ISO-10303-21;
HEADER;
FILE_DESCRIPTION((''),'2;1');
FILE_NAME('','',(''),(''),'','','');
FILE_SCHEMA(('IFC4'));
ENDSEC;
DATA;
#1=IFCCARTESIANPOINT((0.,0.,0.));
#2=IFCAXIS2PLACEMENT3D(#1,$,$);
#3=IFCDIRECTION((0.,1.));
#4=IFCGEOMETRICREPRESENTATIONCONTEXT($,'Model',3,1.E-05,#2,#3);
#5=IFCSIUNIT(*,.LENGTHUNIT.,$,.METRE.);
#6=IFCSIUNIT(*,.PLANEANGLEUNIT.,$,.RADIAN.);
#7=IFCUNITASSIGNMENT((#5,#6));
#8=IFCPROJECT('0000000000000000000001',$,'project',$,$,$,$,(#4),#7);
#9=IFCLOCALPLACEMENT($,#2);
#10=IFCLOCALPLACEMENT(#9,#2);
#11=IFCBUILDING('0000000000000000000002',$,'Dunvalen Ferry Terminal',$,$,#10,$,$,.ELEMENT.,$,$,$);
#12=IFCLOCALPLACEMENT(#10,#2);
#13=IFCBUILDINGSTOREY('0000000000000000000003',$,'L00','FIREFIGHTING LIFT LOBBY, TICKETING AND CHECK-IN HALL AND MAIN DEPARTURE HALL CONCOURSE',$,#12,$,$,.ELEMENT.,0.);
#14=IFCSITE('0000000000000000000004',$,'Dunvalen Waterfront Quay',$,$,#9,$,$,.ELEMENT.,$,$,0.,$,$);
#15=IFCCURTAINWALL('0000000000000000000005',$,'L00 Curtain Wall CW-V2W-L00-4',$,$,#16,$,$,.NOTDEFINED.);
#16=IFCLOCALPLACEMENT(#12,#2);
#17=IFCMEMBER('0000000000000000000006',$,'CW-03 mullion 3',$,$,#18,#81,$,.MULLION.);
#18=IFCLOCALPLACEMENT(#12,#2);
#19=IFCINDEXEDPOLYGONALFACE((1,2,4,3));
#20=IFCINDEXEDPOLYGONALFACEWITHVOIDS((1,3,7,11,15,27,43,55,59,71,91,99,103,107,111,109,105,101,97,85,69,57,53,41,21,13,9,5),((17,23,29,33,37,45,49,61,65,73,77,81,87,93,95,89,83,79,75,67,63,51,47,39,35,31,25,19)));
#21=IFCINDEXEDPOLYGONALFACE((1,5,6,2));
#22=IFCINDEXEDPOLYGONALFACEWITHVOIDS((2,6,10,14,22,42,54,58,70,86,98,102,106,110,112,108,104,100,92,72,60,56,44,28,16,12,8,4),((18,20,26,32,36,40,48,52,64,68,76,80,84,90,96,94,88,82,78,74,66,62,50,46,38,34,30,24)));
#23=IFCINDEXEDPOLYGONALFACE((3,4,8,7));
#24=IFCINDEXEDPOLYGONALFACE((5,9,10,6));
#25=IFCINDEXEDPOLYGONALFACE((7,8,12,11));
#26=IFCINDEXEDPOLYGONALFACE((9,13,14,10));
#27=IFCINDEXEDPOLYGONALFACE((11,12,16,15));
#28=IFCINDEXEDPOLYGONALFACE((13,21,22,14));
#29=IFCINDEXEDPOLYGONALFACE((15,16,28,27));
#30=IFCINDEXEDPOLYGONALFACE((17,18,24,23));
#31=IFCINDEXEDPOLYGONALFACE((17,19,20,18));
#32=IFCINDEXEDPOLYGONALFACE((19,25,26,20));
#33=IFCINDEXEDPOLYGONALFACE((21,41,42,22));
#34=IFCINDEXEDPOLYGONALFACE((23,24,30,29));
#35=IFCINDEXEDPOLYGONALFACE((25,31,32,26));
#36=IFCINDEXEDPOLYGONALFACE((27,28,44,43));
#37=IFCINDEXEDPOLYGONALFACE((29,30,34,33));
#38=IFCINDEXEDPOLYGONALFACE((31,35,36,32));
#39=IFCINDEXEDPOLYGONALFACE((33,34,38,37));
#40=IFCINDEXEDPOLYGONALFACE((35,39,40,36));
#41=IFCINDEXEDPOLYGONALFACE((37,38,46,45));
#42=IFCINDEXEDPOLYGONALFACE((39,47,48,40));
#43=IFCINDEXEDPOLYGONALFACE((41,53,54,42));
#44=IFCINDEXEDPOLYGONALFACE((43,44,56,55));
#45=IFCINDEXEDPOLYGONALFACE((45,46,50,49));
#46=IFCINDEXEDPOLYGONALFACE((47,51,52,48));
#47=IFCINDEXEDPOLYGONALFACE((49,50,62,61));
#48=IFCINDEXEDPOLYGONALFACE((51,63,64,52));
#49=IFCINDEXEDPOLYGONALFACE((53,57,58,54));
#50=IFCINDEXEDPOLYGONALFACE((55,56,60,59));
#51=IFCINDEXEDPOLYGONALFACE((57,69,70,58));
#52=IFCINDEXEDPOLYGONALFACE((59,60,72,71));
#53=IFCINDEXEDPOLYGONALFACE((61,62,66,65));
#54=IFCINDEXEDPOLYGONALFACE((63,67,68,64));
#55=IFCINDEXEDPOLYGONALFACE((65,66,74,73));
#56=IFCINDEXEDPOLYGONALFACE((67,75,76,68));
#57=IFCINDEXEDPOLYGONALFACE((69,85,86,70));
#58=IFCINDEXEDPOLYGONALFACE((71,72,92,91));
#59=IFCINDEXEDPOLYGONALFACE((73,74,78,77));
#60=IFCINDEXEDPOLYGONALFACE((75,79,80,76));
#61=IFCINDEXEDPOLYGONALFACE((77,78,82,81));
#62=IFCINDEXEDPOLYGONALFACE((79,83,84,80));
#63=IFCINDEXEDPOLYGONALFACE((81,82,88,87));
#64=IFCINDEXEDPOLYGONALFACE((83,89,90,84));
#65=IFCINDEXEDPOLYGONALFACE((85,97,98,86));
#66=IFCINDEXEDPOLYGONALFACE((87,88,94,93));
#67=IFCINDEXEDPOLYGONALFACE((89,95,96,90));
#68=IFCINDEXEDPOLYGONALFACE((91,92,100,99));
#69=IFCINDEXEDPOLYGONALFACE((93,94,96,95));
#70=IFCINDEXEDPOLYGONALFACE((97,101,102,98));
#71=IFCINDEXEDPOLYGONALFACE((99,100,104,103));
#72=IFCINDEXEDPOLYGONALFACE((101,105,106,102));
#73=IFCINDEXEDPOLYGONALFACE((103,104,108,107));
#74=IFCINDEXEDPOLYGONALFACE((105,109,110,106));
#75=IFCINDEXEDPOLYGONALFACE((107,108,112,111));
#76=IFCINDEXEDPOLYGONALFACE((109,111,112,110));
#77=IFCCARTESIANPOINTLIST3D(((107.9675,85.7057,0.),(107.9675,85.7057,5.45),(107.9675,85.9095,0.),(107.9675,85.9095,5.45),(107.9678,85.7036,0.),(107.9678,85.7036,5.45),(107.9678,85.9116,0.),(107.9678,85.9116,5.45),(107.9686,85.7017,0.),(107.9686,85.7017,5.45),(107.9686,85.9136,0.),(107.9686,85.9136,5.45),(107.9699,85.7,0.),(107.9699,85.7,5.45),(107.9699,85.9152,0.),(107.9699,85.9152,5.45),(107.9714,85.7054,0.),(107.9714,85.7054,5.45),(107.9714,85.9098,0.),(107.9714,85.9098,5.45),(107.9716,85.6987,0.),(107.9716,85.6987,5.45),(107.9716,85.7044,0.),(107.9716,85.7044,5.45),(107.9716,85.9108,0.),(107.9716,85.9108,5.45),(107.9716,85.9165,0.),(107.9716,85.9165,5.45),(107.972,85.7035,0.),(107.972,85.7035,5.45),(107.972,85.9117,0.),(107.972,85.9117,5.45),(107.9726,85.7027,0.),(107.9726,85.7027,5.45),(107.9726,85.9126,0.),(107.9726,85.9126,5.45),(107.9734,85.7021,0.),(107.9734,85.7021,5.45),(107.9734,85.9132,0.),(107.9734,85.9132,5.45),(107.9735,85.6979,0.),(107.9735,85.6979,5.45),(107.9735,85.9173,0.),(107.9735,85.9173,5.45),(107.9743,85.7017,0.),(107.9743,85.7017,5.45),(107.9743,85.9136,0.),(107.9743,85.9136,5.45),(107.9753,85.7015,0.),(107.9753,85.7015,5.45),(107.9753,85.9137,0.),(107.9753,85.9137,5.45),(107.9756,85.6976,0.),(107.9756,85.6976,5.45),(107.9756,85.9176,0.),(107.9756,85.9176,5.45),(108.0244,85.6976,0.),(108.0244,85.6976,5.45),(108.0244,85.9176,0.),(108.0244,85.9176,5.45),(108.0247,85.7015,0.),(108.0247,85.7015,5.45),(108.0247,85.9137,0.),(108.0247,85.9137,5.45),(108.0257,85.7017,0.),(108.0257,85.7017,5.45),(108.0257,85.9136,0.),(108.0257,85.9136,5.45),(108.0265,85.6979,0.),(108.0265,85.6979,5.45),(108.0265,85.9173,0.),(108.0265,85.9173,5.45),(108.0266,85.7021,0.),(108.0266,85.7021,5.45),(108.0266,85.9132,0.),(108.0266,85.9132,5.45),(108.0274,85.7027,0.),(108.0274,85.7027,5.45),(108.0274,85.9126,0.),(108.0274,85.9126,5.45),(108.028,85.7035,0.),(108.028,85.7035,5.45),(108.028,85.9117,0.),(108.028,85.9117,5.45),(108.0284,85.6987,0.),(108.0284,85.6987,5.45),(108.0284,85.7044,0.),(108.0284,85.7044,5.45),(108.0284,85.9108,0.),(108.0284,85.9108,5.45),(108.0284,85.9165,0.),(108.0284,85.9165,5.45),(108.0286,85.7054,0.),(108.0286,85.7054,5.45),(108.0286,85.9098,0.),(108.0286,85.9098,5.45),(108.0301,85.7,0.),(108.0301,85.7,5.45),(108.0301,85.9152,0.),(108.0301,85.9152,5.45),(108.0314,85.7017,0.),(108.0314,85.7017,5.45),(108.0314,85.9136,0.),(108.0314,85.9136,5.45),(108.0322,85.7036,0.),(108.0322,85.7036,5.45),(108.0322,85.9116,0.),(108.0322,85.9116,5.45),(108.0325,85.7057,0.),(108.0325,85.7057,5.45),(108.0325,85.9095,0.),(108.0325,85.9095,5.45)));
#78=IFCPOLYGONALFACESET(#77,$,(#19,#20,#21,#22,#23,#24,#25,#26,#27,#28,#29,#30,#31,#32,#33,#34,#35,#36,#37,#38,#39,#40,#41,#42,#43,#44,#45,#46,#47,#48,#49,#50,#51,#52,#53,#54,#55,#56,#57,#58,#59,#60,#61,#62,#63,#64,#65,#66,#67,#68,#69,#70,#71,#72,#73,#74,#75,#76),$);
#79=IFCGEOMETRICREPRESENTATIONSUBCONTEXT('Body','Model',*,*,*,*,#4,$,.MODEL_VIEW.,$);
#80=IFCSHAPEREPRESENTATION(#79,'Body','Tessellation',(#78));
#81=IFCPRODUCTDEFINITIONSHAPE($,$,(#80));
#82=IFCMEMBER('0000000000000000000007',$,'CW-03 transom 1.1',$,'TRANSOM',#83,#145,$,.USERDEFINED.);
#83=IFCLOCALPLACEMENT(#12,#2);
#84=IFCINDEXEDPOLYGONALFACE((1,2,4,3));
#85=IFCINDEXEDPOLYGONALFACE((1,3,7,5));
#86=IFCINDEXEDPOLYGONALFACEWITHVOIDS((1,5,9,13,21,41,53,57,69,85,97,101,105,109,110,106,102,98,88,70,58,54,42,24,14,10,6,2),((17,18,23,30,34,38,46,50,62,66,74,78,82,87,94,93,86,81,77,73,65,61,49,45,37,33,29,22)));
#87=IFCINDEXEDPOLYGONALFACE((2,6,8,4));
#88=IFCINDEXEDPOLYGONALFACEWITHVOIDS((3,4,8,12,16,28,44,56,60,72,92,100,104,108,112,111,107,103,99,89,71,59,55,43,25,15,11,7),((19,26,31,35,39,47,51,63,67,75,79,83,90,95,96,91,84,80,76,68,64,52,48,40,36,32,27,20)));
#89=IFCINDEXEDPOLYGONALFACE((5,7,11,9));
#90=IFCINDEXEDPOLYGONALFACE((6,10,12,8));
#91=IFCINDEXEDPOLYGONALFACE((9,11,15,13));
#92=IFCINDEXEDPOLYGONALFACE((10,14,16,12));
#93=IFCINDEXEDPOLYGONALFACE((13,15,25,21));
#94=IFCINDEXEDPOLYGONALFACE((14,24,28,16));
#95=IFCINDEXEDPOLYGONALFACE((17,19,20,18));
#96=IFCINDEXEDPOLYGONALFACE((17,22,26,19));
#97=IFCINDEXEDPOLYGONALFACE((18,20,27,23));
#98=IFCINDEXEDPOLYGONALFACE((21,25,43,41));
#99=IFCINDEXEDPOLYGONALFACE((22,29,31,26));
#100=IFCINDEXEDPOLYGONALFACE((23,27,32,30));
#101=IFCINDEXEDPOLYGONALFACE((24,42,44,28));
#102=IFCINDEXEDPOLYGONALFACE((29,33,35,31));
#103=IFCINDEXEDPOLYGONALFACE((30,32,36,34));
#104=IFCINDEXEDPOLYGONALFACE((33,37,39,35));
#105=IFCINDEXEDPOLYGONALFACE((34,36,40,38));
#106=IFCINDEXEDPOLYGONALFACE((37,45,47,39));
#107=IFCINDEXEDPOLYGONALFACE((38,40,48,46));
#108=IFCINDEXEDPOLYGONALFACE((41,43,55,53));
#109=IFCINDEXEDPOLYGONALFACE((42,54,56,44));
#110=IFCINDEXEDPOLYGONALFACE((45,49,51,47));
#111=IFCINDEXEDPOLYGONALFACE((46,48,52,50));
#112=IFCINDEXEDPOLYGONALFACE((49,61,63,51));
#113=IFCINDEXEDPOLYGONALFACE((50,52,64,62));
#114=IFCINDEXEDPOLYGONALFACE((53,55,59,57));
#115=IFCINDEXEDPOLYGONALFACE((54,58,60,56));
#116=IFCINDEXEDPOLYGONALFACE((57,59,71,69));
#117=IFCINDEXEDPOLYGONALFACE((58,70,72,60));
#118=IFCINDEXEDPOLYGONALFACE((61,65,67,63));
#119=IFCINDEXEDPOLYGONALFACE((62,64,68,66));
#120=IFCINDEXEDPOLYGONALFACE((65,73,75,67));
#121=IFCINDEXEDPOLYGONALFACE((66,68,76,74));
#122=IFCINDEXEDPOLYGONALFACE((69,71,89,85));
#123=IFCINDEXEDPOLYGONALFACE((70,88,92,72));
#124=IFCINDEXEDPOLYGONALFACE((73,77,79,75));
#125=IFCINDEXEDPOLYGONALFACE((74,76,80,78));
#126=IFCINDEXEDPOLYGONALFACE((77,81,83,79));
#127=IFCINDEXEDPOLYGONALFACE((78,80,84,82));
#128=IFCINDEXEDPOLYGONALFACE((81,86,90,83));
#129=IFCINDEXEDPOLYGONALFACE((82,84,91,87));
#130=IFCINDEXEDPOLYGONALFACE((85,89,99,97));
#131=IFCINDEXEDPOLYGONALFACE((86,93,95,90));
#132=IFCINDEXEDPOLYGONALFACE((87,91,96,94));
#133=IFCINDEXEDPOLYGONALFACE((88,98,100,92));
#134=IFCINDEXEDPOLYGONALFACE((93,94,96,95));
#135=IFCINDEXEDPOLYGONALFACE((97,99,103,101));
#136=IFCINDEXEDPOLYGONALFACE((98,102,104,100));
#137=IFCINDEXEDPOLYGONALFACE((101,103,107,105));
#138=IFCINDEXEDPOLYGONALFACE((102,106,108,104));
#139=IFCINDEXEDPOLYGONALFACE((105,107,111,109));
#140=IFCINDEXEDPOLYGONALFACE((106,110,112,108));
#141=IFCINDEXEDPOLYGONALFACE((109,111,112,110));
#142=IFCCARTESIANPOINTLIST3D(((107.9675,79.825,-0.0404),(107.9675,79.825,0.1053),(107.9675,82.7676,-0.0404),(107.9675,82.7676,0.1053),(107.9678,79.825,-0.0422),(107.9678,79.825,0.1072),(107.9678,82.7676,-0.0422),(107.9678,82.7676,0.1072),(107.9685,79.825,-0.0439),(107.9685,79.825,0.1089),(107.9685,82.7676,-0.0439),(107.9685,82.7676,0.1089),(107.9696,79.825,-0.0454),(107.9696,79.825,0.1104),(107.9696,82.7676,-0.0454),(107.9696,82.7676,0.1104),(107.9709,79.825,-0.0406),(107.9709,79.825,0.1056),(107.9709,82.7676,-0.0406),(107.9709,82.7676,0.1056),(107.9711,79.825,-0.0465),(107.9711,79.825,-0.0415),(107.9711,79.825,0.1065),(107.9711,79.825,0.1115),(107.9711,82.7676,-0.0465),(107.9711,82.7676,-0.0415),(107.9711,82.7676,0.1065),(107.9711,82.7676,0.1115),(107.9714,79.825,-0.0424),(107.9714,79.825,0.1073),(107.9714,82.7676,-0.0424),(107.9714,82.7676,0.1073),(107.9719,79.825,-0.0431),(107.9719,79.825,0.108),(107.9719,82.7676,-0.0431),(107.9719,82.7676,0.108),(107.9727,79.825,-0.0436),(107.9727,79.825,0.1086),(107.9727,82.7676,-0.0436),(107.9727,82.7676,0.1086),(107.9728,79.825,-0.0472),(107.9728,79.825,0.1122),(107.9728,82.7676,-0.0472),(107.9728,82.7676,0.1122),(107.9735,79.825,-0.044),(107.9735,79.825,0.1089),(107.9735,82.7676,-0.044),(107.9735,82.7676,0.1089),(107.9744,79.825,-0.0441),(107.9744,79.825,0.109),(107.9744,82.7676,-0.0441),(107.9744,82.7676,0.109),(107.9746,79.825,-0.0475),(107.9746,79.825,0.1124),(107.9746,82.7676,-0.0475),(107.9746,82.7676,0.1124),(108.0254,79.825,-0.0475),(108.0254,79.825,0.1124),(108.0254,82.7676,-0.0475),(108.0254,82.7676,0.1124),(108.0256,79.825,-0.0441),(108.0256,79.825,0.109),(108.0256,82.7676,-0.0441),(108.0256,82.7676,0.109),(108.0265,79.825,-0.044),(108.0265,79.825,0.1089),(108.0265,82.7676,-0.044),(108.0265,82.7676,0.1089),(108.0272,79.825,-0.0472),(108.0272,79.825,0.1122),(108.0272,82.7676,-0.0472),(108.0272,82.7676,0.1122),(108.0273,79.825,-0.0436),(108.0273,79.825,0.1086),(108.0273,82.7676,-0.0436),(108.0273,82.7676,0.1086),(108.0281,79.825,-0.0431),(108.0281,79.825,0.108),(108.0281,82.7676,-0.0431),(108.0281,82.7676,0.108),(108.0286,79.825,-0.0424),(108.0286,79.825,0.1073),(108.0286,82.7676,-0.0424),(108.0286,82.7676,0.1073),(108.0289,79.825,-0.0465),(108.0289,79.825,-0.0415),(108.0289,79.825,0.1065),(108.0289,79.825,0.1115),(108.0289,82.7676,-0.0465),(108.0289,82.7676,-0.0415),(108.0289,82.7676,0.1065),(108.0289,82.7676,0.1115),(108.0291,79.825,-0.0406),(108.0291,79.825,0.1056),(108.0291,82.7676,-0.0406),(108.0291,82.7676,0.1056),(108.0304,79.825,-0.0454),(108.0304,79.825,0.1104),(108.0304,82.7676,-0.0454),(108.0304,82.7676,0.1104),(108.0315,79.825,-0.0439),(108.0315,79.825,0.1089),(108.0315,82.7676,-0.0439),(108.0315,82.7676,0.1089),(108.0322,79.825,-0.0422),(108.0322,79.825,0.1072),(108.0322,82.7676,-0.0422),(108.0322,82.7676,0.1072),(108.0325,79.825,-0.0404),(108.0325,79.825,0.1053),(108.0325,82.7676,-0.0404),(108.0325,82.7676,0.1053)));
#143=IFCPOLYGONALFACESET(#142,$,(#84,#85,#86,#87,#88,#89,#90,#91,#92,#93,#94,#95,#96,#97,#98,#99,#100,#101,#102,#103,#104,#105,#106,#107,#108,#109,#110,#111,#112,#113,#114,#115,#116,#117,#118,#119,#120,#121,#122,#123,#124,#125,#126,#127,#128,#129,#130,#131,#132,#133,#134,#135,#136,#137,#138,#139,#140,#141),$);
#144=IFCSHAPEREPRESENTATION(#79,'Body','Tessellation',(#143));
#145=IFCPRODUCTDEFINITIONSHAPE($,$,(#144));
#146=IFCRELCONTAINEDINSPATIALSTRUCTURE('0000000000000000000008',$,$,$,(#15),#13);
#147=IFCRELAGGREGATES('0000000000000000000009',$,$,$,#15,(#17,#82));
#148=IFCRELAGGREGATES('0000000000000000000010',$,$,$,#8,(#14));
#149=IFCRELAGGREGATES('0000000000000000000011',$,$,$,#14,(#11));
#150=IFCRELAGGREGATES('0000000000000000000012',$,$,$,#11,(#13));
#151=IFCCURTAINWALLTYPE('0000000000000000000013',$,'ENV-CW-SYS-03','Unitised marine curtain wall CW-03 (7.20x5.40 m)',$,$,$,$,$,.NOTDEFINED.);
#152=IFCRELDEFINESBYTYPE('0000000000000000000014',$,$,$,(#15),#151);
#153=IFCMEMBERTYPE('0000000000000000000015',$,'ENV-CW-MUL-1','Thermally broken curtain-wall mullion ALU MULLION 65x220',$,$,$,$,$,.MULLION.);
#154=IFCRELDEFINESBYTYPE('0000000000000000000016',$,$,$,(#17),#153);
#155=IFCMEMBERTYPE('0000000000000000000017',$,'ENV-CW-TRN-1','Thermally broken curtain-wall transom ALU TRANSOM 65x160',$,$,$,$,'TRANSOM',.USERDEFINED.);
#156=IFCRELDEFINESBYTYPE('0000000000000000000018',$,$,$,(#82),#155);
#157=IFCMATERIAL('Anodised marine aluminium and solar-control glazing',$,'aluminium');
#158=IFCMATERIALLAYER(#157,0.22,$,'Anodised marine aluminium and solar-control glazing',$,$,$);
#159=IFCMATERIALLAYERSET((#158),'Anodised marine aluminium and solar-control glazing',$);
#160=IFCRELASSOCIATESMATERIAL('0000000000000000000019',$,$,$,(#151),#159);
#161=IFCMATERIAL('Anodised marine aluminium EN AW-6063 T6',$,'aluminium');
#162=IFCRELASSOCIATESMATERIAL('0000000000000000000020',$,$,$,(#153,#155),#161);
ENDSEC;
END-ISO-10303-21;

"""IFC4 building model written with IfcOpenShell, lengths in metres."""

from ifc_helpers import new_model, si_unit, direction, frame, origin, origin_2d, place, context, subcontext, project, spatial, hollow_rectangle, extrude, material, layer, layer_set, material_profile, profile_set, type_object, element, aggregate, save


model = new_model("IFC4")

# Units and contexts
model_context = context("Model", 3, precision=1e-05, world=origin(), true_north=direction((0.0, 1.0)))
body_context = subcontext(model_context, "Body", "Model", "MODEL_VIEW")
ifc_project = project(units=[si_unit("LENGTHUNIT", "METRE"), si_unit("PLANEANGLEUNIT", "RADIAN")], contexts=[model_context])

# Site, building, storey
site_placement = place(None, origin())
site = spatial("IfcSite", under=ifc_project, at=site_placement, Name="Dunvalen Waterfront Quay", CompositionType="ELEMENT", RefElevation=0.0)
building_placement = place(site_placement, origin())
building = spatial("IfcBuilding", under=site, at=building_placement, Name="Dunvalen Ferry Terminal", CompositionType="ELEMENT")
storey_placement = place(building_placement, origin())
storey = spatial("IfcBuildingStorey", under=building, at=storey_placement, Name="L00", Description="FIREFIGHTING LIFT LOBBY, TICKETING AND CHECK-IN HALL AND MAIN DEPARTURE HALL CONCOURSE", CompositionType="ELEMENT", Elevation=0.0)

# Curtain wall, members
ifc_material_1 = material(Name="Anodised marine aluminium and solar-control glazing", Category="aluminium")
ifc_layer_1 = layer(ifc_material_1, 0.22, Name="Anodised marine aluminium and solar-control glazing")
ifc_layer_set_1 = layer_set([ifc_layer_1], Name="Anodised marine aluminium and solar-control glazing")
curtain_wall_type = type_object("IfcCurtainWallType", Name="ENV-CW-SYS-03", Description="Unitised marine curtain wall CW-03 (7.20x5.40 m)", PredefinedType="NOTDEFINED", material=ifc_layer_set_1)
curtain_wall_placement = place(storey_placement, origin())
curtain_wall = element("IfcCurtainWall", 1, at=curtain_wall_placement, inside=storey, type_object=curtain_wall_type, Name="L00 Curtain Wall CW-V2W-L00-4", PredefinedType="NOTDEFINED")
ifc_material_2 = material(Name="Anodised marine aluminium EN AW-6063 T6", Category="aluminium")
ifc_material_profile_1 = material_profile(ifc_material_2, hollow_rectangle(XDim=0.0649, YDim=0.22, WallThickness=0.0039, InnerFilletRadius=0.0039, OuterFilletRadius=0.0081, at=origin_2d()), Name="Anodised marine aluminium EN AW-6063 T6")
ifc_profile_set_1 = profile_set([ifc_material_profile_1], Name="Anodised marine aluminium EN AW-6063 T6")
member_type_1 = type_object("IfcMemberType", Name="ENV-CW-MUL-1", Description="Thermally broken curtain-wall mullion ALU MULLION 65x220", PredefinedType="MULLION", material=ifc_profile_set_1)
member_1_placement = place(storey_placement, frame((108.0, 85.8076, 0.0), z_axis=(0.0, 0.0, 1.0), x_axis=(-1.0, 0.0, 0.0)))
member_1 = element("IfcMember", 2, at=member_1_placement, type_object=member_type_1, Name="CW-03 mullion 3", PredefinedType="MULLION", context=body_context, shape_type="SweptSolid", body=[
    extrude(hollow_rectangle(XDim=0.0649, YDim=0.22, WallThickness=0.0039, InnerFilletRadius=0.0039, OuterFilletRadius=0.0081, at=origin_2d()), origin(), (0.0, 0.0, 1.0), 5.45),
])
ifc_material_profile_2 = material_profile(ifc_material_2, hollow_rectangle(XDim=0.0649, YDim=0.1599, WallThickness=0.0034, InnerFilletRadius=0.0034, OuterFilletRadius=0.0071, at=origin_2d()), Name="Anodised marine aluminium EN AW-6063 T6")
ifc_profile_set_2 = profile_set([ifc_material_profile_2], Name="Anodised marine aluminium EN AW-6063 T6")
member_type_2 = type_object("IfcMemberType", Name="ENV-CW-TRN-1", Description="Thermally broken curtain-wall transom ALU TRANSOM 65x160", ElementType="TRANSOM", PredefinedType="USERDEFINED", material=ifc_profile_set_2)
member_2_placement = place(storey_placement, frame((108.0, 79.825, 0.0325), z_axis=(0.0, 1.0, 0.0), x_axis=(-1.0, 0.0, 0.0)))
member_2 = element("IfcMember", 3, at=member_2_placement, type_object=member_type_2, Name="CW-03 transom 1.1", ObjectType="TRANSOM", PredefinedType="USERDEFINED", context=body_context, shape_type="SweptSolid", body=[
    extrude(hollow_rectangle(XDim=0.0649, YDim=0.1599, WallThickness=0.0034, InnerFilletRadius=0.0034, OuterFilletRadius=0.0071, at=origin_2d()), origin(), (0.0, 0.0, 1.0), 2.9426),
])
aggregate(curtain_wall, [member_1, member_2])

save(model, "model.ifc")
